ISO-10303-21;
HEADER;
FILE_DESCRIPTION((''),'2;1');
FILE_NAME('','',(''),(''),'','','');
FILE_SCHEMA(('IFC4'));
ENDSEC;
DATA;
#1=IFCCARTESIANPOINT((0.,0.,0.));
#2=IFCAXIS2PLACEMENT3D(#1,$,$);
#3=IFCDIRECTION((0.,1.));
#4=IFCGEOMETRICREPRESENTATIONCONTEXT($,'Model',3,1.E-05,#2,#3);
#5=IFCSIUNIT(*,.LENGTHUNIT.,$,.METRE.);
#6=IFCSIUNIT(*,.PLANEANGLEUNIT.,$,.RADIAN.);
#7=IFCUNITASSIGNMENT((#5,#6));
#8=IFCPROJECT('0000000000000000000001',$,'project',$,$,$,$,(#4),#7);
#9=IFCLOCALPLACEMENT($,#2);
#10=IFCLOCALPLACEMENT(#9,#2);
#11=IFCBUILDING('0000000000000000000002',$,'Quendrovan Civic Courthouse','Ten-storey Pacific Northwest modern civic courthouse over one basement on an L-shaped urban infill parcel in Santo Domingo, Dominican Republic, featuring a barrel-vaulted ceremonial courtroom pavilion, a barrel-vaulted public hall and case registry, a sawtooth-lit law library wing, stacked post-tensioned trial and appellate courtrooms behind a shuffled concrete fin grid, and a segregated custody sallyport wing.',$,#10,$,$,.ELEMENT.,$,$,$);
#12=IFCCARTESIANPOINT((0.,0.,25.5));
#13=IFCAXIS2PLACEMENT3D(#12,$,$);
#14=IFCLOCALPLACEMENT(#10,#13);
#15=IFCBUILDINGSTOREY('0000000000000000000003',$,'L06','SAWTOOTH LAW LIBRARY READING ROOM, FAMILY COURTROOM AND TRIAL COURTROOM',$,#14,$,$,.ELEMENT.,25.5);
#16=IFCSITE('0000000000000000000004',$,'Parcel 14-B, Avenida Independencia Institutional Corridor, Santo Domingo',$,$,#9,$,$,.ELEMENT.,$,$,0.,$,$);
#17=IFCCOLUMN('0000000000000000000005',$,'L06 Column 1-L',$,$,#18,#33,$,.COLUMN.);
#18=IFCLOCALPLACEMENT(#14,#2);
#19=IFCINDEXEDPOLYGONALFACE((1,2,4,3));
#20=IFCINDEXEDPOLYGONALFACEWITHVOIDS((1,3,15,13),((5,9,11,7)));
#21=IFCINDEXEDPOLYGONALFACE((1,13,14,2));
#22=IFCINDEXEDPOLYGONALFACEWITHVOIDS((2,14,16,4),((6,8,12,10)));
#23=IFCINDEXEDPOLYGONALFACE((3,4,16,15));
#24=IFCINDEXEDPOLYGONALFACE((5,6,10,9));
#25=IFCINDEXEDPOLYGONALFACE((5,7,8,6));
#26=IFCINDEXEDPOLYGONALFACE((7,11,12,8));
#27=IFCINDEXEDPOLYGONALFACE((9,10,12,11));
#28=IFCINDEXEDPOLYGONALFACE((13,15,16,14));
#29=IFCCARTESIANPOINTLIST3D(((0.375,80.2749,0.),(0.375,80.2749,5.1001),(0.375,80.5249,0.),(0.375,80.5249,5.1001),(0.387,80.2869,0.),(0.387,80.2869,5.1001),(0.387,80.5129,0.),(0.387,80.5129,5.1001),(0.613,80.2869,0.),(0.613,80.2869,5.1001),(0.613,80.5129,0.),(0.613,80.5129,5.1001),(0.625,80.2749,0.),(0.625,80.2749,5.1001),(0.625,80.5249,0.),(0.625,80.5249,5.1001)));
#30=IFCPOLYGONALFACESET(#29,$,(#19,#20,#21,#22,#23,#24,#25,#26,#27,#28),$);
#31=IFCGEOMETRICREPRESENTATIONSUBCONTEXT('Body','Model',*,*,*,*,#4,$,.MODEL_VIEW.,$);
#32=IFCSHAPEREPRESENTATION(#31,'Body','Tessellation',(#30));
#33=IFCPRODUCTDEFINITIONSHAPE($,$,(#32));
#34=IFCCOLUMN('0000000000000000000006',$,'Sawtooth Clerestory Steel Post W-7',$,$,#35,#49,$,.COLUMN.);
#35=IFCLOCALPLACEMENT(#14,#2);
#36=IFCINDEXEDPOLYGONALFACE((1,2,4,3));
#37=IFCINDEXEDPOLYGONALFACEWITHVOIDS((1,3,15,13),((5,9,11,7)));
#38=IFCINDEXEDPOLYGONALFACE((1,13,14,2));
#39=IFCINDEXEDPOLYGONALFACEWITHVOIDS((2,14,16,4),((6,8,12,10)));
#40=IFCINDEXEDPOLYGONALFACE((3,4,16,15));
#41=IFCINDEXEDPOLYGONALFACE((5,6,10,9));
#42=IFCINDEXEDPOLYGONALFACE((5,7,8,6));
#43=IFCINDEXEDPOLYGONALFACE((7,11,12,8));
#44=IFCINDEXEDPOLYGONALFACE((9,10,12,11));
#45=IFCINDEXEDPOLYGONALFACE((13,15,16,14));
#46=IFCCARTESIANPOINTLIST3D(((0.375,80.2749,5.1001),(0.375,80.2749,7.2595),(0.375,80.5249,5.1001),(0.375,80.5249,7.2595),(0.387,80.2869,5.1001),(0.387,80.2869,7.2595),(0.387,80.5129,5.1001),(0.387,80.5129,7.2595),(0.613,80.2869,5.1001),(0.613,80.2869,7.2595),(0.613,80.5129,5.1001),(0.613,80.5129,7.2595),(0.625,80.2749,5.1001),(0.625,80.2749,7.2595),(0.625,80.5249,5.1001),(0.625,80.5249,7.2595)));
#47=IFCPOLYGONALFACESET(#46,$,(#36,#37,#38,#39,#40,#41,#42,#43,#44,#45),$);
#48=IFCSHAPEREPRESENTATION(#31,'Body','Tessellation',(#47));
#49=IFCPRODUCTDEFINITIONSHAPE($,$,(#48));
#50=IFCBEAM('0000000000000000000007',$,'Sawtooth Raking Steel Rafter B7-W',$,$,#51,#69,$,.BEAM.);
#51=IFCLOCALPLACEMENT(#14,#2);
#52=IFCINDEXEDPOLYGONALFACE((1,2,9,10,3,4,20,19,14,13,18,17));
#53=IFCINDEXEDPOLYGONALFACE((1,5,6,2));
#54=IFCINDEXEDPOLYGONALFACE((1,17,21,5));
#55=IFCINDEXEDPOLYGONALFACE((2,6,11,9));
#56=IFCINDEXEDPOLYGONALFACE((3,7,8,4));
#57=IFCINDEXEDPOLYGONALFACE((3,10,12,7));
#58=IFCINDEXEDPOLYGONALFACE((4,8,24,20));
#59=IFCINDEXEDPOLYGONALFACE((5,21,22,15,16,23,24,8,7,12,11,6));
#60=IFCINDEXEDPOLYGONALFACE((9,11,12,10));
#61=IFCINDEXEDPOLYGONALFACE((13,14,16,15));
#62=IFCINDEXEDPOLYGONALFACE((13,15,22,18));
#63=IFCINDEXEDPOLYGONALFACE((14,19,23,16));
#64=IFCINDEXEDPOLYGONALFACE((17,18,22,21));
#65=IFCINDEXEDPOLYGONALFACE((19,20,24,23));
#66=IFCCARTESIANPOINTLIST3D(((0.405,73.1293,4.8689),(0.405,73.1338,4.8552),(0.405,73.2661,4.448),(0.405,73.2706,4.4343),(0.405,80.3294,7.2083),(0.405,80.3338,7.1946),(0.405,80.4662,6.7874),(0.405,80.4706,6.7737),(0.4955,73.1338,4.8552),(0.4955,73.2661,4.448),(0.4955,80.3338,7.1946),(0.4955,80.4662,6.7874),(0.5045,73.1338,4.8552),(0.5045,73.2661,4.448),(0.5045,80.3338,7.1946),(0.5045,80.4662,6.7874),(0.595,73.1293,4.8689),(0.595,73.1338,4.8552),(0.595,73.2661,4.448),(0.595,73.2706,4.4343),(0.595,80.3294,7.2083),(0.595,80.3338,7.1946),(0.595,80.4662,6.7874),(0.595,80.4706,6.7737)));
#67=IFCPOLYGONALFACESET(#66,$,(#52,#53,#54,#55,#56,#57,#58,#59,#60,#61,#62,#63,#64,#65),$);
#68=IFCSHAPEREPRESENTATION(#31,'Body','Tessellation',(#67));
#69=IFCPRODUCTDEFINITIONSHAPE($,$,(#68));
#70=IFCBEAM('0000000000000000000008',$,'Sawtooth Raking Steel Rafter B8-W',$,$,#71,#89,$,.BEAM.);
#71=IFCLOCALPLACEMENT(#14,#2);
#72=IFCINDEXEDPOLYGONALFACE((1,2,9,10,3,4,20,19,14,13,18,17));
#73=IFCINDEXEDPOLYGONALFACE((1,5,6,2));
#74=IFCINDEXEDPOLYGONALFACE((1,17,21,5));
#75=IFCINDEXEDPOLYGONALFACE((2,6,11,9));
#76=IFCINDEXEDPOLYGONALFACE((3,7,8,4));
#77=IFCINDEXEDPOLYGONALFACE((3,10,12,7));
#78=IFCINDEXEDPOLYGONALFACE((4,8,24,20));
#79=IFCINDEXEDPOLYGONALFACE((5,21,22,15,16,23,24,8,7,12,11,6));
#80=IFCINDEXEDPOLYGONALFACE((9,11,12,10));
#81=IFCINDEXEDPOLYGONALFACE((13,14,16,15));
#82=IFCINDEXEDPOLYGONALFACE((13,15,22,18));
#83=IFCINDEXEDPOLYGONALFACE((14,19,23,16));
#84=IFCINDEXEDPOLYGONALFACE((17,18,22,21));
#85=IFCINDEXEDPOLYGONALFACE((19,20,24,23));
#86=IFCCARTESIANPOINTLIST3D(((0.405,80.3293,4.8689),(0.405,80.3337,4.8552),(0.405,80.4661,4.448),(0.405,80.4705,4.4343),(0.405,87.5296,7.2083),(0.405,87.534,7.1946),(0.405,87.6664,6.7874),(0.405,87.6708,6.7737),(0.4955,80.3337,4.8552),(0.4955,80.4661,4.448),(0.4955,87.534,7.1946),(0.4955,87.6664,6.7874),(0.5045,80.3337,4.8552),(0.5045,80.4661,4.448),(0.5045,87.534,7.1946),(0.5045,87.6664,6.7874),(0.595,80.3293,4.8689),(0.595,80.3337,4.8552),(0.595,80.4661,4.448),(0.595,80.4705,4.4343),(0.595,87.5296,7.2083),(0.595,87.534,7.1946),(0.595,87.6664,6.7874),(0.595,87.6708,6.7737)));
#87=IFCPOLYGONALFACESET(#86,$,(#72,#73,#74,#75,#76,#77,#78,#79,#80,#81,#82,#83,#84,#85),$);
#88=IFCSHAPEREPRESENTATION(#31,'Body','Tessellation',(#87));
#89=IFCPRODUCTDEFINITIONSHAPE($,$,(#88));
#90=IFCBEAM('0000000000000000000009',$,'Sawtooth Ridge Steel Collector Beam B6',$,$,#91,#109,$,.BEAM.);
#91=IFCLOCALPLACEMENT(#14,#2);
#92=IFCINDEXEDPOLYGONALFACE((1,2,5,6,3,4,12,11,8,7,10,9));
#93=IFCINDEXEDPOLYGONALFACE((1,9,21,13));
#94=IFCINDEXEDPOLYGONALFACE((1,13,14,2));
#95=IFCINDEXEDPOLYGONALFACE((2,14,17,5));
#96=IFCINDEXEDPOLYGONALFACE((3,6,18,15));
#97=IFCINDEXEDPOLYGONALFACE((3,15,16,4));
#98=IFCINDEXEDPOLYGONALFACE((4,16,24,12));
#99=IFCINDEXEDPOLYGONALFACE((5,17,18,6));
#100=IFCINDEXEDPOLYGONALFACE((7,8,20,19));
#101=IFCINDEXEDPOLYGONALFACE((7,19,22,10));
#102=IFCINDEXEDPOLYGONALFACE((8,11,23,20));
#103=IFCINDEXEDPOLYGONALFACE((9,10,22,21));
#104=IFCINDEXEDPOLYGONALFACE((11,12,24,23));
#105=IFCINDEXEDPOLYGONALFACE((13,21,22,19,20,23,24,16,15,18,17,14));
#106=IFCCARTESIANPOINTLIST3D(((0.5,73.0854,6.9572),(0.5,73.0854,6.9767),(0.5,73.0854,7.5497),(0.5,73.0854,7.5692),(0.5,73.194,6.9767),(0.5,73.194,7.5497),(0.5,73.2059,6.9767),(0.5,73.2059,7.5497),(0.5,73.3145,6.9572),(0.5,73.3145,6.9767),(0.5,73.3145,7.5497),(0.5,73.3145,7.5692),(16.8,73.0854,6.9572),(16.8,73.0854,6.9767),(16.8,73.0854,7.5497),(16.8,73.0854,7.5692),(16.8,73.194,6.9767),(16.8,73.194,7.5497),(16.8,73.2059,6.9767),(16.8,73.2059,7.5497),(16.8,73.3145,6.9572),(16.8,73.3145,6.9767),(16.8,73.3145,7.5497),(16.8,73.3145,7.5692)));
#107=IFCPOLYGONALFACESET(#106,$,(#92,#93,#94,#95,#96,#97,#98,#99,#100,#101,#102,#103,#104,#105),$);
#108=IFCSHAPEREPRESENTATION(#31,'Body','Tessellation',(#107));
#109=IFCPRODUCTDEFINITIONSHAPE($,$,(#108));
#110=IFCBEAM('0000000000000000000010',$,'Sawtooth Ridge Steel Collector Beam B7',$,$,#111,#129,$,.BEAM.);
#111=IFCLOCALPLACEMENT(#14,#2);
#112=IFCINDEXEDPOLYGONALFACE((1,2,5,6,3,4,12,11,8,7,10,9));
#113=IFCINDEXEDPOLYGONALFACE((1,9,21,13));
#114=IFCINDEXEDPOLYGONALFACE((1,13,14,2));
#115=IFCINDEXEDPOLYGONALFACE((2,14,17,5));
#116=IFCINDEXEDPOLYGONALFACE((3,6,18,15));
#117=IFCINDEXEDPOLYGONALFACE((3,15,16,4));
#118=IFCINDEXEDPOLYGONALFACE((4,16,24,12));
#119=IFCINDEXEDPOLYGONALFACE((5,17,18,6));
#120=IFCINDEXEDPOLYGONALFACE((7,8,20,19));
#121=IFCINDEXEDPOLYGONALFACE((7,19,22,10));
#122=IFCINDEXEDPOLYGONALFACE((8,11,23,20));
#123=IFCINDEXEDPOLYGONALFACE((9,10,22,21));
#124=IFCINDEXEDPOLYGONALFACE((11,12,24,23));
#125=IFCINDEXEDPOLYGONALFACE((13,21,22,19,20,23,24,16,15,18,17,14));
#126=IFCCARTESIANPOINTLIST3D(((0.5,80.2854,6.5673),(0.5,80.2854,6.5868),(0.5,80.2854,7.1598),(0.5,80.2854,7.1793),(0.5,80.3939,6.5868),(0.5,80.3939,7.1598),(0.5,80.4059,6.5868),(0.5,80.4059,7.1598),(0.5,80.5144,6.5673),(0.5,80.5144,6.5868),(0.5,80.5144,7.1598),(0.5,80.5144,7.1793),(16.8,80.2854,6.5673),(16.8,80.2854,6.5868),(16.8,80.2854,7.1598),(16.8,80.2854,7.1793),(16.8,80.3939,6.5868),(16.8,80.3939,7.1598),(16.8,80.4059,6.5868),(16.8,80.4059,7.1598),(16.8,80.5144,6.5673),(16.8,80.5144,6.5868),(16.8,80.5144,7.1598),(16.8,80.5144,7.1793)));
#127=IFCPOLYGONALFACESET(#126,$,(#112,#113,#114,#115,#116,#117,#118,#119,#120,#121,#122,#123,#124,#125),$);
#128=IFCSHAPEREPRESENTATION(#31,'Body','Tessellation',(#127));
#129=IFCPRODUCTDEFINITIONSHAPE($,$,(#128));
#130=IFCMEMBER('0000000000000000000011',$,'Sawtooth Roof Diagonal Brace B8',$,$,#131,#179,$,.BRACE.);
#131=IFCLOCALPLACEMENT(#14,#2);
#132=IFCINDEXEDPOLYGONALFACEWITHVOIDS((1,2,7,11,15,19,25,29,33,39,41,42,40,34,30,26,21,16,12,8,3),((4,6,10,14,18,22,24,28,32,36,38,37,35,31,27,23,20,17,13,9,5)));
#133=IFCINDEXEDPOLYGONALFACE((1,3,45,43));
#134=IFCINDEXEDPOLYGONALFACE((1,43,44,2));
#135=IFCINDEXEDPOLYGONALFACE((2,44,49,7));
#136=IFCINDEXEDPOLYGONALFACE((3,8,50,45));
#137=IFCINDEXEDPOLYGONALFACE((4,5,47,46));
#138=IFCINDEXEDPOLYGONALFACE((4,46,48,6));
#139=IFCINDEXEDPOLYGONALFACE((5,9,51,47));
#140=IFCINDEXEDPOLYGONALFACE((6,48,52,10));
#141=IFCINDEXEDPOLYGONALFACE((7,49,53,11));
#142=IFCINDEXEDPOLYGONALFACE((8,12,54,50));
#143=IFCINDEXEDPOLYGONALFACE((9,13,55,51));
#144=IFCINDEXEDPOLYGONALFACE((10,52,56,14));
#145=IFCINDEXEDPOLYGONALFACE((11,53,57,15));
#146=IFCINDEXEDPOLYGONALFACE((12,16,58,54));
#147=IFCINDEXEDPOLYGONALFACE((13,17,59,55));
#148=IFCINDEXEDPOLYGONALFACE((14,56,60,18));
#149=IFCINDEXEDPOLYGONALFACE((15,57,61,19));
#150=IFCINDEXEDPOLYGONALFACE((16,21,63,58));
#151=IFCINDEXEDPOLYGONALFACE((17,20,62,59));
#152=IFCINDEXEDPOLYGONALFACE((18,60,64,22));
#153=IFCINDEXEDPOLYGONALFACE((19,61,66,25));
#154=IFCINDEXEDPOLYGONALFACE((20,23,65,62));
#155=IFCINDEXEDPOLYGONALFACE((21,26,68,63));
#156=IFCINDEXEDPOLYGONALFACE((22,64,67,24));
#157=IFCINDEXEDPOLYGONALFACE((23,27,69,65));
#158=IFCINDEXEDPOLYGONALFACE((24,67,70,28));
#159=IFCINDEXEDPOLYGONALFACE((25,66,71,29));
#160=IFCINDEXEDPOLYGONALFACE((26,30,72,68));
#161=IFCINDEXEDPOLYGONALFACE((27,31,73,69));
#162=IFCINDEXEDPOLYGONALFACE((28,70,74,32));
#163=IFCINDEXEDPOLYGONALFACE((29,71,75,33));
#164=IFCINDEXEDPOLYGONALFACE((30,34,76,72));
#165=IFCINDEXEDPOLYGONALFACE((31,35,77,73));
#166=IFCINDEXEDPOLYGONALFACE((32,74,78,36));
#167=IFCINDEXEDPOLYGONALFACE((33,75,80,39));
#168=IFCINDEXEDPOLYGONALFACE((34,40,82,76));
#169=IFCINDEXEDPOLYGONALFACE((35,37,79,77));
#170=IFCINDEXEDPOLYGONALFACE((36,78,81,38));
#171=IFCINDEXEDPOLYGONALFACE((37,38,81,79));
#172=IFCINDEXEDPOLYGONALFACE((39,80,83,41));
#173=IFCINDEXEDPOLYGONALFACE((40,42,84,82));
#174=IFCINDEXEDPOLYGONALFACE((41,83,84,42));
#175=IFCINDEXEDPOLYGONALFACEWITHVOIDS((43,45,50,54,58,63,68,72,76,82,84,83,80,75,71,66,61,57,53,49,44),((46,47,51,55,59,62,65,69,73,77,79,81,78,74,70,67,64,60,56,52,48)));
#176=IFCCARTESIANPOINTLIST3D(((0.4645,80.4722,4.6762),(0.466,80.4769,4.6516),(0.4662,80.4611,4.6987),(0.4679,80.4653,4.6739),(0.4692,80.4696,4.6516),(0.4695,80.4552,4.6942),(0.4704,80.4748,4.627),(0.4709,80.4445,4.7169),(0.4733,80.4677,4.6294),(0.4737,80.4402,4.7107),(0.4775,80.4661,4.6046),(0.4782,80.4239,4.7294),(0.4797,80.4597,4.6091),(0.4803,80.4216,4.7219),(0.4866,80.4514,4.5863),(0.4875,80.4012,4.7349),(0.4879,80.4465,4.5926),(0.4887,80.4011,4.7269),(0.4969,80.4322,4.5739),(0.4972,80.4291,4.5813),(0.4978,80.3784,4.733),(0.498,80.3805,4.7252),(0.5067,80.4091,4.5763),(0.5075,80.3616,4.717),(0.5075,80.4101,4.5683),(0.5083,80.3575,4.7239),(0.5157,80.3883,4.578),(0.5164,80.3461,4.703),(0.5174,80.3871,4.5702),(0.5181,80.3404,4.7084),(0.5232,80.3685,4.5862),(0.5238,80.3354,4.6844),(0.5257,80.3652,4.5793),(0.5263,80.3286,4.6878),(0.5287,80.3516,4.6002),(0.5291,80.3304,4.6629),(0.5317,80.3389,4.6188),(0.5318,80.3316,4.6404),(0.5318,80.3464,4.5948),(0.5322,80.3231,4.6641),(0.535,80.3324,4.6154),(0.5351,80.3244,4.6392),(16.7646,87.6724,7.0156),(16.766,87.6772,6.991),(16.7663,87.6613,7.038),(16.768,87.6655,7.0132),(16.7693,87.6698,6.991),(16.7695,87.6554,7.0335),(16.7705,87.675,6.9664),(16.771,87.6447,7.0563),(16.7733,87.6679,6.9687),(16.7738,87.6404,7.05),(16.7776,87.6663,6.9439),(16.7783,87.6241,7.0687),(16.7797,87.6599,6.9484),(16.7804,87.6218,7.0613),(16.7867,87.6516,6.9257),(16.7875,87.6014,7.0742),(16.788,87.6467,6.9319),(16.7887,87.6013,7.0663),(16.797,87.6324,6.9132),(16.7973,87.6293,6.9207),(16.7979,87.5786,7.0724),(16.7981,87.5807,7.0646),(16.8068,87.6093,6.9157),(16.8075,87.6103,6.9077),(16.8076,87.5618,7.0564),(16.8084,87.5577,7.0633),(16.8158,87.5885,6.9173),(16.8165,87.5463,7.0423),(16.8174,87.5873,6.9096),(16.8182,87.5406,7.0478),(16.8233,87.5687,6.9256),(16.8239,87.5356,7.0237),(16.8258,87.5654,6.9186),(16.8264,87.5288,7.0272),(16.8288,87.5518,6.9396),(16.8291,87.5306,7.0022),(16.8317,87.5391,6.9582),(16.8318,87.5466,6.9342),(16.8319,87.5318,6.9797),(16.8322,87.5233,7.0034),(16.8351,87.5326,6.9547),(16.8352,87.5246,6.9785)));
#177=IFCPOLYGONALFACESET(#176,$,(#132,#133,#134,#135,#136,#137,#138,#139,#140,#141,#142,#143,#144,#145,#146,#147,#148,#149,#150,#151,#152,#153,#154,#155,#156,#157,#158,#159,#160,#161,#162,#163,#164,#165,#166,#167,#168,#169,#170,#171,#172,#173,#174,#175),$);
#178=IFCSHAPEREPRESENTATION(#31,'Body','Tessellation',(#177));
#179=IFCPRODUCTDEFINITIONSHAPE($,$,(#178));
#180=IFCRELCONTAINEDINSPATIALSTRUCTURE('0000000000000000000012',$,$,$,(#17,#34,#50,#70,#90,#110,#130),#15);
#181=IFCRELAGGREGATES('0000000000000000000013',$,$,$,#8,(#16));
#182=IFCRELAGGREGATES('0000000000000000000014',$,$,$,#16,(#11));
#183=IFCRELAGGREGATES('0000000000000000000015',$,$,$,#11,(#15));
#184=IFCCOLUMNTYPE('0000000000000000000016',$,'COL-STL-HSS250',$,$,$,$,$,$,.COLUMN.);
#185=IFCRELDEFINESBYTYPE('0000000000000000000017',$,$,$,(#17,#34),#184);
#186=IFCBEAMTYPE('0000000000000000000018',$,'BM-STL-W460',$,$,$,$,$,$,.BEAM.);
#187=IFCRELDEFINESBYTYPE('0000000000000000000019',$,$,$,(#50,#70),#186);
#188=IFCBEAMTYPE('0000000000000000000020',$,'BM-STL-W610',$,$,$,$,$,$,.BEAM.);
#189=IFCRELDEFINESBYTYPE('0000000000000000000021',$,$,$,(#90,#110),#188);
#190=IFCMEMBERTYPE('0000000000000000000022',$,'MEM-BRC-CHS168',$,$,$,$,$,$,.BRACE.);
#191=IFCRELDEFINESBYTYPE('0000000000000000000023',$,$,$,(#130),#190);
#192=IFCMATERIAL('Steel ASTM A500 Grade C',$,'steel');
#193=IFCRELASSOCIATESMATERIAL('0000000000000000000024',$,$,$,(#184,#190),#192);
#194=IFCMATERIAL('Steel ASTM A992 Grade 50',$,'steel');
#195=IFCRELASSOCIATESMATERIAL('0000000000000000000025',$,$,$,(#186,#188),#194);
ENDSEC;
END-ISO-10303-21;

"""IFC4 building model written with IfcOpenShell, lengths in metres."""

from ifc_helpers import new_model, si_unit, direction, frame, origin, origin_2d, place, context, subcontext, project, spatial, hollow_rectangle, hollow_circle, i_section, extrude, material, material_profile, profile_set, type_object, element, save


model = new_model("IFC4")

# Units and contexts
model_context = context("Model", 3, precision=1e-05, world=origin(), true_north=direction((0.0, 1.0)))
body_context = subcontext(model_context, "Body", "Model", "MODEL_VIEW")
ifc_project = project(units=[si_unit("LENGTHUNIT", "METRE"), si_unit("PLANEANGLEUNIT", "RADIAN")], contexts=[model_context])

# Site, building, storey
site_placement = place(None, origin())
site = spatial("IfcSite", under=ifc_project, at=site_placement, Name="Parcel 14-B, Avenida Independencia Institutional Corridor, Santo Domingo", CompositionType="ELEMENT", RefElevation=0.0)
building_placement = place(site_placement, origin())
building = spatial("IfcBuilding", under=site, at=building_placement, Name="Quendrovan Civic Courthouse", Description="Ten-storey Pacific Northwest modern civic courthouse over one basement on an L-shaped urban infill parcel in Santo Domingo, Dominican Republic, featuring a barrel-vaulted ceremonial courtroom pavilion, a barrel-vaulted public hall and case registry, a sawtooth-lit law library wing, stacked post-tensioned trial and appellate courtrooms behind a shuffled concrete fin grid, and a segregated custody sallyport wing.", CompositionType="ELEMENT")
storey_placement = place(building_placement, frame((0.0, 0.0, 25.5)))
storey = spatial("IfcBuildingStorey", under=building, at=storey_placement, Name="L06", Description="SAWTOOTH LAW LIBRARY READING ROOM, FAMILY COURTROOM AND TRIAL COURTROOM", CompositionType="ELEMENT", Elevation=25.5)

# Columns
ifc_material_1 = material(Name="Steel ASTM A500 Grade C", Category="steel")
ifc_material_profile_1 = material_profile(ifc_material_1, hollow_rectangle(XDim=0.25, YDim=0.25, WallThickness=0.012, at=origin_2d()), Name="HSS250x250x12")
ifc_profile_set_1 = profile_set([ifc_material_profile_1], Name="Steel ASTM A500 Grade C")
column_type = type_object("IfcColumnType", Name="COL-STL-HSS250", PredefinedType="COLUMN", material=ifc_profile_set_1)
column_1_placement = place(storey_placement, frame((0.5, 80.3999, 0.0), z_axis=(0.0, 0.0, 1.0), x_axis=(1.0, 0.0, 0.0)))
element("IfcColumn", 1, at=column_1_placement, inside=storey, type_object=column_type, Name="L06 Column 1-L", PredefinedType="COLUMN", context=body_context, shape_type="SweptSolid", body=[
    extrude(hollow_rectangle(XDim=0.25, YDim=0.25, WallThickness=0.012, at=origin_2d()), origin(), (0.0, 0.0, 1.0), 5.1001),
])
column_2_placement = place(storey_placement, frame((0.5, 80.3999, 5.1001), z_axis=(0.0, 0.0, 1.0), x_axis=(1.0, 0.0, 0.0)))
element("IfcColumn", 2, at=column_2_placement, inside=storey, type_object=column_type, Name="Sawtooth Clerestory Steel Post W-7", PredefinedType="COLUMN", context=body_context, shape_type="SweptSolid", body=[
    extrude(hollow_rectangle(XDim=0.25, YDim=0.25, WallThickness=0.012, at=origin_2d()), origin(), (0.0, 0.0, 1.0), 2.1594),
])

# Beams
ifc_material_2 = material(Name="Steel ASTM A992 Grade 50", Category="steel")
ifc_material_profile_2 = material_profile(ifc_material_2, i_section(OverallWidth=0.1899, OverallDepth=0.457, WebThickness=0.009, FlangeThickness=0.0144, at=origin_2d()), Name="W460x74")
ifc_profile_set_2 = profile_set([ifc_material_profile_2], Name="Steel ASTM A992 Grade 50")
beam_type_1 = type_object("IfcBeamType", Name="BM-STL-W460", PredefinedType="BEAM", material=ifc_profile_set_2)
beam_1_placement = place(storey_placement, frame((0.5, 73.2, 4.6516), z_axis=(0.0, 0.951058, 0.309011), x_axis=(-1.0, 0.0, 0.0)))
element("IfcBeam", 3, at=beam_1_placement, inside=storey, type_object=beam_type_1, Name="Sawtooth Raking Steel Rafter B7-W", PredefinedType="BEAM", context=body_context, shape_type="SweptSolid", body=[
    extrude(i_section(OverallWidth=0.1899, OverallDepth=0.457, WebThickness=0.009, FlangeThickness=0.0144, at=origin_2d()), origin(), (0.0, 0.0, 1.0), 7.5706),
])
beam_2_placement = place(storey_placement, frame((0.5, 80.3999, 4.6516), z_axis=(0.0, 0.951062, 0.309001), x_axis=(-1.0, 0.0, 0.0)))
element("IfcBeam", 4, at=beam_2_placement, inside=storey, type_object=beam_type_1, Name="Sawtooth Raking Steel Rafter B8-W", PredefinedType="BEAM", context=body_context, shape_type="SweptSolid", body=[
    extrude(i_section(OverallWidth=0.1899, OverallDepth=0.457, WebThickness=0.009, FlangeThickness=0.0144, at=origin_2d()), origin(), (0.0, 0.0, 1.0), 7.5708),
])
ifc_material_profile_3 = material_profile(ifc_material_2, i_section(OverallWidth=0.229, OverallDepth=0.6121, WebThickness=0.012, FlangeThickness=0.0195, at=origin_2d()), Name="W610x125")
ifc_profile_set_3 = profile_set([ifc_material_profile_3], Name="Steel ASTM A992 Grade 50")
beam_type_2 = type_object("IfcBeamType", Name="BM-STL-W610", PredefinedType="BEAM", material=ifc_profile_set_3)
for number, where, z_axis, x_axis, name in (
    (5, (0.5, 73.2, 7.2632), (1.0, 0.0, 0.0), (0.0, 1.0, 0.0), "Sawtooth Ridge Steel Collector Beam B6"),
    (6, (0.5, 80.3999, 6.8733), (1.0, 0.0, 0.0), (0.0, 1.0, 0.0), "Sawtooth Ridge Steel Collector Beam B7"),
):
    element("IfcBeam", number, at=place(storey_placement, frame(where, z_axis=z_axis, x_axis=x_axis)), inside=storey, type_object=beam_type_2, Name=name, PredefinedType="BEAM", context=body_context, shape_type="SweptSolid", body=[
        extrude(i_section(OverallWidth=0.229, OverallDepth=0.6121, WebThickness=0.012, FlangeThickness=0.0195, at=origin_2d()), origin(), (0.0, 0.0, 1.0), 16.3),
    ])

# Member
ifc_material_profile_4 = material_profile(ifc_material_1, hollow_circle(Radius=0.0842, WallThickness=0.0081, at=origin_2d()), Name="CHS168x8")
ifc_profile_set_4 = profile_set([ifc_material_profile_4], Name="Steel ASTM A500 Grade C")
member_type_1 = type_object("IfcMemberType", Name="MEM-BRC-CHS168", PredefinedType="BRACE", material=ifc_profile_set_4)
member_1_placement = place(storey_placement, frame((0.5, 80.3999, 4.6516), z_axis=(0.906949, 0.400625, 0.130164), x_axis=(-0.404063, 0.914731, 0.0)))
element("IfcMember", 7, at=member_1_placement, inside=storey, type_object=member_type_1, Name="Sawtooth Roof Diagonal Brace B8", PredefinedType="BRACE", context=body_context, shape_type="SweptSolid", body=[
    extrude(hollow_circle(Radius=0.0842, WallThickness=0.0081, at=origin_2d()), origin(), (0.0, 0.0, 1.0), 17.9724),
])

save(model, "model.ifc")
